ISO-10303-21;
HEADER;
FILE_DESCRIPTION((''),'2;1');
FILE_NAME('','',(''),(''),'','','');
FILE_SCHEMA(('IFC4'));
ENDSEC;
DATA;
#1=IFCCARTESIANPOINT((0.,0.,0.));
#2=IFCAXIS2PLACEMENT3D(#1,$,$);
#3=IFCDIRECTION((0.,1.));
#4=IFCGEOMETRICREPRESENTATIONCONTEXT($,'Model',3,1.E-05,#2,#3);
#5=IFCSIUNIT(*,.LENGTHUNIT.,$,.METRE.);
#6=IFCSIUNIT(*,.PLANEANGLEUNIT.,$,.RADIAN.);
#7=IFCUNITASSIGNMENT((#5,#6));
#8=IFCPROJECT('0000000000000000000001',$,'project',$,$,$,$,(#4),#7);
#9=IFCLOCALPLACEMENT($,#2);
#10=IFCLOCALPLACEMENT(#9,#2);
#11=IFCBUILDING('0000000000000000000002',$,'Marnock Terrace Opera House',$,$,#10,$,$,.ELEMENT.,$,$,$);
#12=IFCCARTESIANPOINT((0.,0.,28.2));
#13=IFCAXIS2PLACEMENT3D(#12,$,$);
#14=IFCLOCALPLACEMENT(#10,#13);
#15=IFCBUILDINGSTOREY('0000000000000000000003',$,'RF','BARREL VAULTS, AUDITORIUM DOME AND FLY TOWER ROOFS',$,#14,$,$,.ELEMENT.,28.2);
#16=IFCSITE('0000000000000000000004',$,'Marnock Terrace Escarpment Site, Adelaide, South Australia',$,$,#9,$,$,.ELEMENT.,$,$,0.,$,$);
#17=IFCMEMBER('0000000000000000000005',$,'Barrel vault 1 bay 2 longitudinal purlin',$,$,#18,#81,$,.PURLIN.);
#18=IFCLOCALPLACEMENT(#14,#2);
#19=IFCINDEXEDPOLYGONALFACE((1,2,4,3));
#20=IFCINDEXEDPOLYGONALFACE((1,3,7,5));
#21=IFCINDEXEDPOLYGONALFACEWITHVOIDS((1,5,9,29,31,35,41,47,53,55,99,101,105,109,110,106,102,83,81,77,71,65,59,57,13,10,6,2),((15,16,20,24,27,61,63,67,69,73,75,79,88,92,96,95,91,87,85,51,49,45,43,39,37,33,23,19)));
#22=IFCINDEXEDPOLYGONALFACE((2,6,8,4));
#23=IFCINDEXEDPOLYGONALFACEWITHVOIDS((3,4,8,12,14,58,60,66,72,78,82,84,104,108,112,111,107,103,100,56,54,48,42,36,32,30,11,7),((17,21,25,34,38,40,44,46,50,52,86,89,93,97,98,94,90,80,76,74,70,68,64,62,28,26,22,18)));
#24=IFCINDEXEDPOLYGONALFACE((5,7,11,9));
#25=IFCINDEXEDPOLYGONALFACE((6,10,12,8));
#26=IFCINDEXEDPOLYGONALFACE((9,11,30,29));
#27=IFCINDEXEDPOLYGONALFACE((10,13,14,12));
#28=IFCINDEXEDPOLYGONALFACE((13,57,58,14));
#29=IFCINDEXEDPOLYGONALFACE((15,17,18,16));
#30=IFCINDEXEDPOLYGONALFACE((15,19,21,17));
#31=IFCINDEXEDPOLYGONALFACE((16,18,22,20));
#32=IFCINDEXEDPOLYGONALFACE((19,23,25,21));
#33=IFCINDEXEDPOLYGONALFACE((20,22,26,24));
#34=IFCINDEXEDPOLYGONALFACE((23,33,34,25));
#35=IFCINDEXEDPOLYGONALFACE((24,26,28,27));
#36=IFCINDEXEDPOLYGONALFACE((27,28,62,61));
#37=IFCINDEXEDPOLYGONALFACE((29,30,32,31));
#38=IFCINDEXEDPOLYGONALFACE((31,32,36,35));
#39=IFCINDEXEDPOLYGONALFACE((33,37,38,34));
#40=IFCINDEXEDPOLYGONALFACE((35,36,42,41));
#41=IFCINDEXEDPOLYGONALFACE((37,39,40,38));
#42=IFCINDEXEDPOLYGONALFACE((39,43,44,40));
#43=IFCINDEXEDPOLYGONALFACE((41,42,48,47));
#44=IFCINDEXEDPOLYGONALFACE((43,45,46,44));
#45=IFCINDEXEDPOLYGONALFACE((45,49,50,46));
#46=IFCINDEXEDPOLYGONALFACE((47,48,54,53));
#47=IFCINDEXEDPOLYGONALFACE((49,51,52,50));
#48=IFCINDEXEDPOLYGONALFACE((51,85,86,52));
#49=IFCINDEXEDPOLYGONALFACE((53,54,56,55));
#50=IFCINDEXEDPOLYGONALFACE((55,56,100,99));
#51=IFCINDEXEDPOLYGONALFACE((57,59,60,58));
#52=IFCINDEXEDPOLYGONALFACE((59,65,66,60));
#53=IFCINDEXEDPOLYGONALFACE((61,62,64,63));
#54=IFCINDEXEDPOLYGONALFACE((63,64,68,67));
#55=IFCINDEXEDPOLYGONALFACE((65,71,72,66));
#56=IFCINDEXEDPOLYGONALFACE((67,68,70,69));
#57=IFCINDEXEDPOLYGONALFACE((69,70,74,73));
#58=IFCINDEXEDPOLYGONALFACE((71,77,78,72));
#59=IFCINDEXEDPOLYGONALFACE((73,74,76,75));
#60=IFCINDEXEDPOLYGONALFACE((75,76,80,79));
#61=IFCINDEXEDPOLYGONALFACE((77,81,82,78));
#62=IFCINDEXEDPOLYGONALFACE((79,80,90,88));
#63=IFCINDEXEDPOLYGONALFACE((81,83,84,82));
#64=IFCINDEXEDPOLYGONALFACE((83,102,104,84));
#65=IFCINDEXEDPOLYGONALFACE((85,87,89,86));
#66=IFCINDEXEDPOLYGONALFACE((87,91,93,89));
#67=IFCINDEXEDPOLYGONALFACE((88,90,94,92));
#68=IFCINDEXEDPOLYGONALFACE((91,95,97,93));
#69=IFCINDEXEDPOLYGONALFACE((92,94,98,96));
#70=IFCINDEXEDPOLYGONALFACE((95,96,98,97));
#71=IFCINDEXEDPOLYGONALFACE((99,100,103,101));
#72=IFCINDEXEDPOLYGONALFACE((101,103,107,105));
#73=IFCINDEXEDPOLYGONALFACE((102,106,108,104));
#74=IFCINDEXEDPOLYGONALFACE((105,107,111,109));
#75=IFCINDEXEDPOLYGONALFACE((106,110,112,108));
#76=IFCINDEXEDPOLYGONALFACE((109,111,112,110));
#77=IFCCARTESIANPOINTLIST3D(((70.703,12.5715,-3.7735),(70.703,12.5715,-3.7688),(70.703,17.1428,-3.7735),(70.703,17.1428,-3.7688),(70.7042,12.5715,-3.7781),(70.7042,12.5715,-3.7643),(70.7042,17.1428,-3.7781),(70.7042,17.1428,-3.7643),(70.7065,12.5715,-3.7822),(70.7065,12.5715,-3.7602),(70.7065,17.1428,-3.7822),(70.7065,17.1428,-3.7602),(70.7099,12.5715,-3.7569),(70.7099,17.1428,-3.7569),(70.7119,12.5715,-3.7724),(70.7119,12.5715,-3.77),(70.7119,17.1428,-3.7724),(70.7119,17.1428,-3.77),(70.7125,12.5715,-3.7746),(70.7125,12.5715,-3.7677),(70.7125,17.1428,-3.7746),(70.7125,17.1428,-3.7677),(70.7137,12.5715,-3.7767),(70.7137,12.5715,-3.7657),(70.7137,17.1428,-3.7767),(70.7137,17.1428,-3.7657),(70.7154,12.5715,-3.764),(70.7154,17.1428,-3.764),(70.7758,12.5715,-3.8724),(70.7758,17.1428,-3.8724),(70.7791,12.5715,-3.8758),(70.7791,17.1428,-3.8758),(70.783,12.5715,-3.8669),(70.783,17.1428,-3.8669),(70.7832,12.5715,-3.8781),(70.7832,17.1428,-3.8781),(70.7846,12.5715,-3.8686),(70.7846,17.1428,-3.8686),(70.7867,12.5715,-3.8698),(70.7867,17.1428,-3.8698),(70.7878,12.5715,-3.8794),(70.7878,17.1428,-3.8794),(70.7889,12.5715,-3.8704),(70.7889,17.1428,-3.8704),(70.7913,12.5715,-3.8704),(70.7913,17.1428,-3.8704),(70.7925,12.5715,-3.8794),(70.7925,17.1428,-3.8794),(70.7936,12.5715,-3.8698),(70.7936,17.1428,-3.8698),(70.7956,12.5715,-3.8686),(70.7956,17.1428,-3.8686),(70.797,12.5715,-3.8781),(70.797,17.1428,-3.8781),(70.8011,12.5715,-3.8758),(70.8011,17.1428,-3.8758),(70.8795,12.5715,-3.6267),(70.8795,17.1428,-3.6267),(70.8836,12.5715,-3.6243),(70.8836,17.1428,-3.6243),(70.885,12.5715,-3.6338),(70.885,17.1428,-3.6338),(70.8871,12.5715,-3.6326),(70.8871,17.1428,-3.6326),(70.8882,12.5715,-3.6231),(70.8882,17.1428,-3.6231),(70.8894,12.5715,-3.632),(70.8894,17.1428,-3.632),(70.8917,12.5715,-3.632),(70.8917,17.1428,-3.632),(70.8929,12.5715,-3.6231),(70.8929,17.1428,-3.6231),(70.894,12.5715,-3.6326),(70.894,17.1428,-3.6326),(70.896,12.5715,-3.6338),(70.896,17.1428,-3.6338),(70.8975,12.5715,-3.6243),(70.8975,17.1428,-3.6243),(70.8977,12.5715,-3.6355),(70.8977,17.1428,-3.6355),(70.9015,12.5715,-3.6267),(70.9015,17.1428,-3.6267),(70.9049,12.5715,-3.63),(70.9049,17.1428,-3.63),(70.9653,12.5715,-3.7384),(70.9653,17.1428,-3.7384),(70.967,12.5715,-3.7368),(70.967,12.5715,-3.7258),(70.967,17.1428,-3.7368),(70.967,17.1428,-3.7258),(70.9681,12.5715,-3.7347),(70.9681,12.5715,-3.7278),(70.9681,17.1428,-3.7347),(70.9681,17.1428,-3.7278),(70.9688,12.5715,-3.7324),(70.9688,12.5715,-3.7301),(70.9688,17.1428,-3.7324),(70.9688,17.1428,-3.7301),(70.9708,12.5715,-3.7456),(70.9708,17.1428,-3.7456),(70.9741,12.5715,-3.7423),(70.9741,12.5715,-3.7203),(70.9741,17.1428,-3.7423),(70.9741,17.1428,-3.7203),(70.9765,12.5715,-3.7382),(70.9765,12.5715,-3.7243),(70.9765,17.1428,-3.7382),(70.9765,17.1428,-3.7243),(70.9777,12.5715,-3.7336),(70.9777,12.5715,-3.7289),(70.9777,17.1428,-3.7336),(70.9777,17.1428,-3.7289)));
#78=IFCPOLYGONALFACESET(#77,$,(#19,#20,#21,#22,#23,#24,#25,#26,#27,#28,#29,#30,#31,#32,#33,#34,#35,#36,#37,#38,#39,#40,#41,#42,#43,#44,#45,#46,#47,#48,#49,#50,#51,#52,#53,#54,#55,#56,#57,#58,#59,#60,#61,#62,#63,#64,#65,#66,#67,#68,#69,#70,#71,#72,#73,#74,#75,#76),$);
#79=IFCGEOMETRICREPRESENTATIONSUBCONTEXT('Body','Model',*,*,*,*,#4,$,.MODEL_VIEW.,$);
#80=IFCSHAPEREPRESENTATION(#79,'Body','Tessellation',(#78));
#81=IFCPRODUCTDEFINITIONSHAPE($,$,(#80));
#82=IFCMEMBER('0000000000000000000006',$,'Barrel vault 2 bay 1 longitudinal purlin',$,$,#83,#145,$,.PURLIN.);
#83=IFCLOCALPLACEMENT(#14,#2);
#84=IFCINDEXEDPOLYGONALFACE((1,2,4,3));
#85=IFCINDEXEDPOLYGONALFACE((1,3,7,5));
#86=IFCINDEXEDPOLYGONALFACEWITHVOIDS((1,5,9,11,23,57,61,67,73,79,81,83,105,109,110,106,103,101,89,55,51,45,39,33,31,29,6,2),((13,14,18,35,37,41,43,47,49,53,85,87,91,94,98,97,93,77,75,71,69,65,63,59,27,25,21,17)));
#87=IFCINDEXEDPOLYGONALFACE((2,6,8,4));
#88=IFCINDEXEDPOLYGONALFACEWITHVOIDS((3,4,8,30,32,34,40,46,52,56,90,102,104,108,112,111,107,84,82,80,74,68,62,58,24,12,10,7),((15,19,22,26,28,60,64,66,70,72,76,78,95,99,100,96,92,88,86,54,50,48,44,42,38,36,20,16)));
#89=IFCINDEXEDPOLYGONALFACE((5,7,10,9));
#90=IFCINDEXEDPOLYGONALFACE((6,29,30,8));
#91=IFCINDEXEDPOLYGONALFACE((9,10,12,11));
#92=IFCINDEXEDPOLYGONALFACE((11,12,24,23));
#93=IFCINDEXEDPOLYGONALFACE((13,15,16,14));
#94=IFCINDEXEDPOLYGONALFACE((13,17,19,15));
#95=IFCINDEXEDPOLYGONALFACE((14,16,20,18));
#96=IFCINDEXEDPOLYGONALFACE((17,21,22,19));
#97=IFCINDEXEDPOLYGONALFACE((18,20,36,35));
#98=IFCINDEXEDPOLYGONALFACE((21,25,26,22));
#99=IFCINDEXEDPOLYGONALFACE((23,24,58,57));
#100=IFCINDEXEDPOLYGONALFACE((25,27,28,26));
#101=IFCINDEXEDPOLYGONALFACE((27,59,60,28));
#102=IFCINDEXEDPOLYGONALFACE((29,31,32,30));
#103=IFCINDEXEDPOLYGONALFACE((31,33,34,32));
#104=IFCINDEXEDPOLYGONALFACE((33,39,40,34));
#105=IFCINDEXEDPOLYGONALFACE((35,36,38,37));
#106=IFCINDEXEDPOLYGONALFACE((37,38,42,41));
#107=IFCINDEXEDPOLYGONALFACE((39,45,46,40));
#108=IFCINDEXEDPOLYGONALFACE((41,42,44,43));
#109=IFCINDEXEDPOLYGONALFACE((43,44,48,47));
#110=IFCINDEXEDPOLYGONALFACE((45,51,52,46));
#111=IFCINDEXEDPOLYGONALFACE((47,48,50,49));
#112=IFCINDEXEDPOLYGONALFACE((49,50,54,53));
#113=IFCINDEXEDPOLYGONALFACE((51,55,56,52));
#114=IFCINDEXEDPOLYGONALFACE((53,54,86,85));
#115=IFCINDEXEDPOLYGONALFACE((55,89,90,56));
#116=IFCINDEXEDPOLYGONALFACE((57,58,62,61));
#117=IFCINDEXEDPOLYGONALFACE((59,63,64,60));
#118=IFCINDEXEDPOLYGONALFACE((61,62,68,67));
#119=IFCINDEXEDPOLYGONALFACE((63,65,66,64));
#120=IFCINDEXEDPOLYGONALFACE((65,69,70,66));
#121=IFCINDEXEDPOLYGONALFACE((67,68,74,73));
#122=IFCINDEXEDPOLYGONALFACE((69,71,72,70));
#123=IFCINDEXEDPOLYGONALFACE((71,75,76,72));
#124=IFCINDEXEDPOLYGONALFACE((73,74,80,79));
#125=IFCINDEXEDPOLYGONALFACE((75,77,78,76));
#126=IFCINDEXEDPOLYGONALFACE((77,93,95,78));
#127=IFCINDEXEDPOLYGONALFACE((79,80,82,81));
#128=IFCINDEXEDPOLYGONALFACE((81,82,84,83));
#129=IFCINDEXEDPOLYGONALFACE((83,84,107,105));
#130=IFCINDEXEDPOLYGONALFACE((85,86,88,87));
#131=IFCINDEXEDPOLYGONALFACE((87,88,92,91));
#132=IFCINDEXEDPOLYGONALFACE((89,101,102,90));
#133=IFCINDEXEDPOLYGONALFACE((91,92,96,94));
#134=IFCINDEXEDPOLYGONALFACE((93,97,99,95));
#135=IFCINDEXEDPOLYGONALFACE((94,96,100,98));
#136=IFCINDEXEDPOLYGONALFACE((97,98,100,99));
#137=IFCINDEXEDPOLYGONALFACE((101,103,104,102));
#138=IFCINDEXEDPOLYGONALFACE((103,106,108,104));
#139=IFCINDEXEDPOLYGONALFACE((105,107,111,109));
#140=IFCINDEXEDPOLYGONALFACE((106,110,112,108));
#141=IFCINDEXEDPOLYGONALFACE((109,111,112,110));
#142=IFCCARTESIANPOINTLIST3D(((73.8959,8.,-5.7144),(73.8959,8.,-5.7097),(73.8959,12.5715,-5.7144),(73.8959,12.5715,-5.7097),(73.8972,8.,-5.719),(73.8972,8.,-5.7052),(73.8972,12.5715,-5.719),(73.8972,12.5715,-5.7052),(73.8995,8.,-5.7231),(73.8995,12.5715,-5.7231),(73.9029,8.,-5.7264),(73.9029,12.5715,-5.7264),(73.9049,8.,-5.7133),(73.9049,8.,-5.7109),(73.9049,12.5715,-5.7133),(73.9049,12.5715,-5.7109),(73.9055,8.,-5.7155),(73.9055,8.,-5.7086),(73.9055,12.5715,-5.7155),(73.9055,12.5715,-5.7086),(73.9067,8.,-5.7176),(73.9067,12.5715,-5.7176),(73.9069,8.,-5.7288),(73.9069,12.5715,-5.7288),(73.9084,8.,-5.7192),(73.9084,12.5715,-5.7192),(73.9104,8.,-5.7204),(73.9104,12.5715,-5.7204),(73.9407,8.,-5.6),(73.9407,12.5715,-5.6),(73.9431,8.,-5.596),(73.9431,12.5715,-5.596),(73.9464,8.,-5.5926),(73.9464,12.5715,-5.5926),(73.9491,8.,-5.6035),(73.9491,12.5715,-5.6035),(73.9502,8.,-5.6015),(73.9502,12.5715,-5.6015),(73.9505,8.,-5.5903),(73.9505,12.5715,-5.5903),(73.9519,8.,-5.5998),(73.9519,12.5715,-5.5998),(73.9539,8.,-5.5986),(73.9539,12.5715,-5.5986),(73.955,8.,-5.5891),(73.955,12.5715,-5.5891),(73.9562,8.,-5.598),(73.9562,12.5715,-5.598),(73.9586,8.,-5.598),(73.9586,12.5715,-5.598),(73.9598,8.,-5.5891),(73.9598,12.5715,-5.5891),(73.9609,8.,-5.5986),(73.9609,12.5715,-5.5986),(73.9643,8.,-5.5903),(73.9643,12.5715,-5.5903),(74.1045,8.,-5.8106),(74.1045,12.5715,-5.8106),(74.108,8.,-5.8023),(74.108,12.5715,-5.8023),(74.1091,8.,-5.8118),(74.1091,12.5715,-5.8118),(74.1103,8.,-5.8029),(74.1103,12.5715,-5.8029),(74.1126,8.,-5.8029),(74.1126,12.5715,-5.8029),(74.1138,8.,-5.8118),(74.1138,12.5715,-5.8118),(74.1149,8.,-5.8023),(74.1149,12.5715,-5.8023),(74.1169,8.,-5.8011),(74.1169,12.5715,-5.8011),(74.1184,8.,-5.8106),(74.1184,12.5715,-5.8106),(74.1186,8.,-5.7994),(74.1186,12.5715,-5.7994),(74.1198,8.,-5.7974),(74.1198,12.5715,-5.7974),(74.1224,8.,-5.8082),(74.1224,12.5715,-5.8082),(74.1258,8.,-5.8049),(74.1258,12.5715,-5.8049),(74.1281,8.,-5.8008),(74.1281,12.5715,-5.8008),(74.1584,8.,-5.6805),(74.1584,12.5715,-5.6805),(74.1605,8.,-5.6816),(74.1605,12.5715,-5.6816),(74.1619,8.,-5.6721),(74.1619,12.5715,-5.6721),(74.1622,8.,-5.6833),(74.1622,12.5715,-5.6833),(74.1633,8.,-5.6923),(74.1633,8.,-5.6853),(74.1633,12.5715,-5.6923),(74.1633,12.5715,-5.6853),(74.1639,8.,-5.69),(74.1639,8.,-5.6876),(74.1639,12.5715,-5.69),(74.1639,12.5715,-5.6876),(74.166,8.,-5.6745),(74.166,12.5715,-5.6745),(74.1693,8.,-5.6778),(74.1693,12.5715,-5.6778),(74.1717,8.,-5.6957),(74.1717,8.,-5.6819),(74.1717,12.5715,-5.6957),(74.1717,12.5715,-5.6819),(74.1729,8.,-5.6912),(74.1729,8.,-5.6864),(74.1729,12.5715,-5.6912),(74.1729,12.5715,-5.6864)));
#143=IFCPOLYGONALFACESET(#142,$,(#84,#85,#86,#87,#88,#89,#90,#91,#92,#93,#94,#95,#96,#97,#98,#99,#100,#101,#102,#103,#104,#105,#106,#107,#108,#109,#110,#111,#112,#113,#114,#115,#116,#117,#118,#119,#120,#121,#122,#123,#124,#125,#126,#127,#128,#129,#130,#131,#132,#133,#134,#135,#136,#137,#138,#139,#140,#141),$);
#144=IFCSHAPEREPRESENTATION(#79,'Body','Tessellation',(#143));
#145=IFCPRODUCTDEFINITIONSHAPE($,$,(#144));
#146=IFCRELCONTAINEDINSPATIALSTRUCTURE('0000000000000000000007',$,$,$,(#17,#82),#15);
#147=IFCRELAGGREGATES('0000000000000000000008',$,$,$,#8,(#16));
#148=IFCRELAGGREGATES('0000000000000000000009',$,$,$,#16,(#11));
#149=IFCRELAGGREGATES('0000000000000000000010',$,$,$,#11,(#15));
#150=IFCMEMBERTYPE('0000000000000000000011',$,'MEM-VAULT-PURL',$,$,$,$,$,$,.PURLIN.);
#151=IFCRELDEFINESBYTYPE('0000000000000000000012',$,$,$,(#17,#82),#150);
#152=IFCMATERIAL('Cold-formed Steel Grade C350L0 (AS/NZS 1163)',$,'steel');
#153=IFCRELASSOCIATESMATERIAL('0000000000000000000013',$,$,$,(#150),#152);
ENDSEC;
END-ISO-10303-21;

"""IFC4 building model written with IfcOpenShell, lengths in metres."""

from ifc_helpers import new_model, si_unit, direction, frame, origin, origin_2d, place, context, subcontext, project, spatial, hollow_rectangle, extrude, material, material_profile, profile_set, type_object, element, save


model = new_model("IFC4")

# Units and contexts
model_context = context("Model", 3, precision=1e-05, world=origin(), true_north=direction((0.0, 1.0)))
body_context = subcontext(model_context, "Body", "Model", "MODEL_VIEW")
ifc_project = project(units=[si_unit("LENGTHUNIT", "METRE"), si_unit("PLANEANGLEUNIT", "RADIAN")], contexts=[model_context])

# Site, building, storey
site_placement = place(None, origin())
site = spatial("IfcSite", under=ifc_project, at=site_placement, Name="Marnock Terrace Escarpment Site, Adelaide, South Australia", CompositionType="ELEMENT", RefElevation=0.0)
building_placement = place(site_placement, origin())
building = spatial("IfcBuilding", under=site, at=building_placement, Name="Marnock Terrace Opera House", CompositionType="ELEMENT")
storey_placement = place(building_placement, frame((0.0, 0.0, 28.2)))
storey = spatial("IfcBuildingStorey", under=building, at=storey_placement, Name="RF", Description="BARREL VAULTS, AUDITORIUM DOME AND FLY TOWER ROOFS", CompositionType="ELEMENT", Elevation=28.2)

# Members
ifc_material_1 = material(Name="Cold-formed Steel Grade C350L0 (AS/NZS 1163)", Category="steel")
ifc_material_profile_1 = material_profile(ifc_material_1, hollow_rectangle(XDim=0.1499, YDim=0.25, WallThickness=0.009, InnerFilletRadius=0.009, OuterFilletRadius=0.0181, at=origin_2d()))
ifc_profile_set_1 = profile_set([ifc_material_profile_1], Name="Cold-formed Steel Grade C350L0 (AS/NZS 1163)")
member_type_1 = type_object("IfcMemberType", Name="MEM-VAULT-PURL", PredefinedType="PURLIN", material=ifc_profile_set_1)
member_1_placement = place(storey_placement, frame((70.8403, 12.5715, -3.7512), z_axis=(0.0, 1.0, 0.0), x_axis=(-0.608761, 0.0, 0.793353)))
element("IfcMember", 1, at=member_1_placement, inside=storey, type_object=member_type_1, Name="Barrel vault 1 bay 2 longitudinal purlin", PredefinedType="PURLIN", context=body_context, shape_type="SweptSolid", body=[
    extrude(hollow_rectangle(XDim=0.1499, YDim=0.25, WallThickness=0.009, InnerFilletRadius=0.009, OuterFilletRadius=0.0181, at=origin_2d()), origin(), (0.0, 0.0, 1.0), 4.5713),
])
for number, where, z_axis, x_axis, name in (
    (2, (74.0344, 8.0, -5.7004), (0.0, 1.0, 0.0), (-0.382683, 0.0, -0.92388), "Barrel vault 2 bay 1 longitudinal purlin"),
):
    element("IfcMember", number, at=place(storey_placement, frame(where, z_axis=z_axis, x_axis=x_axis)), inside=storey, type_object=member_type_1, Name=name, PredefinedType="PURLIN", context=body_context, shape_type="SweptSolid", body=[
        extrude(hollow_rectangle(XDim=0.1499, YDim=0.25, WallThickness=0.009, InnerFilletRadius=0.009, OuterFilletRadius=0.0181, at=origin_2d()), origin(), (0.0, 0.0, 1.0), 4.5715),
    ])

save(model, "model.ifc")
